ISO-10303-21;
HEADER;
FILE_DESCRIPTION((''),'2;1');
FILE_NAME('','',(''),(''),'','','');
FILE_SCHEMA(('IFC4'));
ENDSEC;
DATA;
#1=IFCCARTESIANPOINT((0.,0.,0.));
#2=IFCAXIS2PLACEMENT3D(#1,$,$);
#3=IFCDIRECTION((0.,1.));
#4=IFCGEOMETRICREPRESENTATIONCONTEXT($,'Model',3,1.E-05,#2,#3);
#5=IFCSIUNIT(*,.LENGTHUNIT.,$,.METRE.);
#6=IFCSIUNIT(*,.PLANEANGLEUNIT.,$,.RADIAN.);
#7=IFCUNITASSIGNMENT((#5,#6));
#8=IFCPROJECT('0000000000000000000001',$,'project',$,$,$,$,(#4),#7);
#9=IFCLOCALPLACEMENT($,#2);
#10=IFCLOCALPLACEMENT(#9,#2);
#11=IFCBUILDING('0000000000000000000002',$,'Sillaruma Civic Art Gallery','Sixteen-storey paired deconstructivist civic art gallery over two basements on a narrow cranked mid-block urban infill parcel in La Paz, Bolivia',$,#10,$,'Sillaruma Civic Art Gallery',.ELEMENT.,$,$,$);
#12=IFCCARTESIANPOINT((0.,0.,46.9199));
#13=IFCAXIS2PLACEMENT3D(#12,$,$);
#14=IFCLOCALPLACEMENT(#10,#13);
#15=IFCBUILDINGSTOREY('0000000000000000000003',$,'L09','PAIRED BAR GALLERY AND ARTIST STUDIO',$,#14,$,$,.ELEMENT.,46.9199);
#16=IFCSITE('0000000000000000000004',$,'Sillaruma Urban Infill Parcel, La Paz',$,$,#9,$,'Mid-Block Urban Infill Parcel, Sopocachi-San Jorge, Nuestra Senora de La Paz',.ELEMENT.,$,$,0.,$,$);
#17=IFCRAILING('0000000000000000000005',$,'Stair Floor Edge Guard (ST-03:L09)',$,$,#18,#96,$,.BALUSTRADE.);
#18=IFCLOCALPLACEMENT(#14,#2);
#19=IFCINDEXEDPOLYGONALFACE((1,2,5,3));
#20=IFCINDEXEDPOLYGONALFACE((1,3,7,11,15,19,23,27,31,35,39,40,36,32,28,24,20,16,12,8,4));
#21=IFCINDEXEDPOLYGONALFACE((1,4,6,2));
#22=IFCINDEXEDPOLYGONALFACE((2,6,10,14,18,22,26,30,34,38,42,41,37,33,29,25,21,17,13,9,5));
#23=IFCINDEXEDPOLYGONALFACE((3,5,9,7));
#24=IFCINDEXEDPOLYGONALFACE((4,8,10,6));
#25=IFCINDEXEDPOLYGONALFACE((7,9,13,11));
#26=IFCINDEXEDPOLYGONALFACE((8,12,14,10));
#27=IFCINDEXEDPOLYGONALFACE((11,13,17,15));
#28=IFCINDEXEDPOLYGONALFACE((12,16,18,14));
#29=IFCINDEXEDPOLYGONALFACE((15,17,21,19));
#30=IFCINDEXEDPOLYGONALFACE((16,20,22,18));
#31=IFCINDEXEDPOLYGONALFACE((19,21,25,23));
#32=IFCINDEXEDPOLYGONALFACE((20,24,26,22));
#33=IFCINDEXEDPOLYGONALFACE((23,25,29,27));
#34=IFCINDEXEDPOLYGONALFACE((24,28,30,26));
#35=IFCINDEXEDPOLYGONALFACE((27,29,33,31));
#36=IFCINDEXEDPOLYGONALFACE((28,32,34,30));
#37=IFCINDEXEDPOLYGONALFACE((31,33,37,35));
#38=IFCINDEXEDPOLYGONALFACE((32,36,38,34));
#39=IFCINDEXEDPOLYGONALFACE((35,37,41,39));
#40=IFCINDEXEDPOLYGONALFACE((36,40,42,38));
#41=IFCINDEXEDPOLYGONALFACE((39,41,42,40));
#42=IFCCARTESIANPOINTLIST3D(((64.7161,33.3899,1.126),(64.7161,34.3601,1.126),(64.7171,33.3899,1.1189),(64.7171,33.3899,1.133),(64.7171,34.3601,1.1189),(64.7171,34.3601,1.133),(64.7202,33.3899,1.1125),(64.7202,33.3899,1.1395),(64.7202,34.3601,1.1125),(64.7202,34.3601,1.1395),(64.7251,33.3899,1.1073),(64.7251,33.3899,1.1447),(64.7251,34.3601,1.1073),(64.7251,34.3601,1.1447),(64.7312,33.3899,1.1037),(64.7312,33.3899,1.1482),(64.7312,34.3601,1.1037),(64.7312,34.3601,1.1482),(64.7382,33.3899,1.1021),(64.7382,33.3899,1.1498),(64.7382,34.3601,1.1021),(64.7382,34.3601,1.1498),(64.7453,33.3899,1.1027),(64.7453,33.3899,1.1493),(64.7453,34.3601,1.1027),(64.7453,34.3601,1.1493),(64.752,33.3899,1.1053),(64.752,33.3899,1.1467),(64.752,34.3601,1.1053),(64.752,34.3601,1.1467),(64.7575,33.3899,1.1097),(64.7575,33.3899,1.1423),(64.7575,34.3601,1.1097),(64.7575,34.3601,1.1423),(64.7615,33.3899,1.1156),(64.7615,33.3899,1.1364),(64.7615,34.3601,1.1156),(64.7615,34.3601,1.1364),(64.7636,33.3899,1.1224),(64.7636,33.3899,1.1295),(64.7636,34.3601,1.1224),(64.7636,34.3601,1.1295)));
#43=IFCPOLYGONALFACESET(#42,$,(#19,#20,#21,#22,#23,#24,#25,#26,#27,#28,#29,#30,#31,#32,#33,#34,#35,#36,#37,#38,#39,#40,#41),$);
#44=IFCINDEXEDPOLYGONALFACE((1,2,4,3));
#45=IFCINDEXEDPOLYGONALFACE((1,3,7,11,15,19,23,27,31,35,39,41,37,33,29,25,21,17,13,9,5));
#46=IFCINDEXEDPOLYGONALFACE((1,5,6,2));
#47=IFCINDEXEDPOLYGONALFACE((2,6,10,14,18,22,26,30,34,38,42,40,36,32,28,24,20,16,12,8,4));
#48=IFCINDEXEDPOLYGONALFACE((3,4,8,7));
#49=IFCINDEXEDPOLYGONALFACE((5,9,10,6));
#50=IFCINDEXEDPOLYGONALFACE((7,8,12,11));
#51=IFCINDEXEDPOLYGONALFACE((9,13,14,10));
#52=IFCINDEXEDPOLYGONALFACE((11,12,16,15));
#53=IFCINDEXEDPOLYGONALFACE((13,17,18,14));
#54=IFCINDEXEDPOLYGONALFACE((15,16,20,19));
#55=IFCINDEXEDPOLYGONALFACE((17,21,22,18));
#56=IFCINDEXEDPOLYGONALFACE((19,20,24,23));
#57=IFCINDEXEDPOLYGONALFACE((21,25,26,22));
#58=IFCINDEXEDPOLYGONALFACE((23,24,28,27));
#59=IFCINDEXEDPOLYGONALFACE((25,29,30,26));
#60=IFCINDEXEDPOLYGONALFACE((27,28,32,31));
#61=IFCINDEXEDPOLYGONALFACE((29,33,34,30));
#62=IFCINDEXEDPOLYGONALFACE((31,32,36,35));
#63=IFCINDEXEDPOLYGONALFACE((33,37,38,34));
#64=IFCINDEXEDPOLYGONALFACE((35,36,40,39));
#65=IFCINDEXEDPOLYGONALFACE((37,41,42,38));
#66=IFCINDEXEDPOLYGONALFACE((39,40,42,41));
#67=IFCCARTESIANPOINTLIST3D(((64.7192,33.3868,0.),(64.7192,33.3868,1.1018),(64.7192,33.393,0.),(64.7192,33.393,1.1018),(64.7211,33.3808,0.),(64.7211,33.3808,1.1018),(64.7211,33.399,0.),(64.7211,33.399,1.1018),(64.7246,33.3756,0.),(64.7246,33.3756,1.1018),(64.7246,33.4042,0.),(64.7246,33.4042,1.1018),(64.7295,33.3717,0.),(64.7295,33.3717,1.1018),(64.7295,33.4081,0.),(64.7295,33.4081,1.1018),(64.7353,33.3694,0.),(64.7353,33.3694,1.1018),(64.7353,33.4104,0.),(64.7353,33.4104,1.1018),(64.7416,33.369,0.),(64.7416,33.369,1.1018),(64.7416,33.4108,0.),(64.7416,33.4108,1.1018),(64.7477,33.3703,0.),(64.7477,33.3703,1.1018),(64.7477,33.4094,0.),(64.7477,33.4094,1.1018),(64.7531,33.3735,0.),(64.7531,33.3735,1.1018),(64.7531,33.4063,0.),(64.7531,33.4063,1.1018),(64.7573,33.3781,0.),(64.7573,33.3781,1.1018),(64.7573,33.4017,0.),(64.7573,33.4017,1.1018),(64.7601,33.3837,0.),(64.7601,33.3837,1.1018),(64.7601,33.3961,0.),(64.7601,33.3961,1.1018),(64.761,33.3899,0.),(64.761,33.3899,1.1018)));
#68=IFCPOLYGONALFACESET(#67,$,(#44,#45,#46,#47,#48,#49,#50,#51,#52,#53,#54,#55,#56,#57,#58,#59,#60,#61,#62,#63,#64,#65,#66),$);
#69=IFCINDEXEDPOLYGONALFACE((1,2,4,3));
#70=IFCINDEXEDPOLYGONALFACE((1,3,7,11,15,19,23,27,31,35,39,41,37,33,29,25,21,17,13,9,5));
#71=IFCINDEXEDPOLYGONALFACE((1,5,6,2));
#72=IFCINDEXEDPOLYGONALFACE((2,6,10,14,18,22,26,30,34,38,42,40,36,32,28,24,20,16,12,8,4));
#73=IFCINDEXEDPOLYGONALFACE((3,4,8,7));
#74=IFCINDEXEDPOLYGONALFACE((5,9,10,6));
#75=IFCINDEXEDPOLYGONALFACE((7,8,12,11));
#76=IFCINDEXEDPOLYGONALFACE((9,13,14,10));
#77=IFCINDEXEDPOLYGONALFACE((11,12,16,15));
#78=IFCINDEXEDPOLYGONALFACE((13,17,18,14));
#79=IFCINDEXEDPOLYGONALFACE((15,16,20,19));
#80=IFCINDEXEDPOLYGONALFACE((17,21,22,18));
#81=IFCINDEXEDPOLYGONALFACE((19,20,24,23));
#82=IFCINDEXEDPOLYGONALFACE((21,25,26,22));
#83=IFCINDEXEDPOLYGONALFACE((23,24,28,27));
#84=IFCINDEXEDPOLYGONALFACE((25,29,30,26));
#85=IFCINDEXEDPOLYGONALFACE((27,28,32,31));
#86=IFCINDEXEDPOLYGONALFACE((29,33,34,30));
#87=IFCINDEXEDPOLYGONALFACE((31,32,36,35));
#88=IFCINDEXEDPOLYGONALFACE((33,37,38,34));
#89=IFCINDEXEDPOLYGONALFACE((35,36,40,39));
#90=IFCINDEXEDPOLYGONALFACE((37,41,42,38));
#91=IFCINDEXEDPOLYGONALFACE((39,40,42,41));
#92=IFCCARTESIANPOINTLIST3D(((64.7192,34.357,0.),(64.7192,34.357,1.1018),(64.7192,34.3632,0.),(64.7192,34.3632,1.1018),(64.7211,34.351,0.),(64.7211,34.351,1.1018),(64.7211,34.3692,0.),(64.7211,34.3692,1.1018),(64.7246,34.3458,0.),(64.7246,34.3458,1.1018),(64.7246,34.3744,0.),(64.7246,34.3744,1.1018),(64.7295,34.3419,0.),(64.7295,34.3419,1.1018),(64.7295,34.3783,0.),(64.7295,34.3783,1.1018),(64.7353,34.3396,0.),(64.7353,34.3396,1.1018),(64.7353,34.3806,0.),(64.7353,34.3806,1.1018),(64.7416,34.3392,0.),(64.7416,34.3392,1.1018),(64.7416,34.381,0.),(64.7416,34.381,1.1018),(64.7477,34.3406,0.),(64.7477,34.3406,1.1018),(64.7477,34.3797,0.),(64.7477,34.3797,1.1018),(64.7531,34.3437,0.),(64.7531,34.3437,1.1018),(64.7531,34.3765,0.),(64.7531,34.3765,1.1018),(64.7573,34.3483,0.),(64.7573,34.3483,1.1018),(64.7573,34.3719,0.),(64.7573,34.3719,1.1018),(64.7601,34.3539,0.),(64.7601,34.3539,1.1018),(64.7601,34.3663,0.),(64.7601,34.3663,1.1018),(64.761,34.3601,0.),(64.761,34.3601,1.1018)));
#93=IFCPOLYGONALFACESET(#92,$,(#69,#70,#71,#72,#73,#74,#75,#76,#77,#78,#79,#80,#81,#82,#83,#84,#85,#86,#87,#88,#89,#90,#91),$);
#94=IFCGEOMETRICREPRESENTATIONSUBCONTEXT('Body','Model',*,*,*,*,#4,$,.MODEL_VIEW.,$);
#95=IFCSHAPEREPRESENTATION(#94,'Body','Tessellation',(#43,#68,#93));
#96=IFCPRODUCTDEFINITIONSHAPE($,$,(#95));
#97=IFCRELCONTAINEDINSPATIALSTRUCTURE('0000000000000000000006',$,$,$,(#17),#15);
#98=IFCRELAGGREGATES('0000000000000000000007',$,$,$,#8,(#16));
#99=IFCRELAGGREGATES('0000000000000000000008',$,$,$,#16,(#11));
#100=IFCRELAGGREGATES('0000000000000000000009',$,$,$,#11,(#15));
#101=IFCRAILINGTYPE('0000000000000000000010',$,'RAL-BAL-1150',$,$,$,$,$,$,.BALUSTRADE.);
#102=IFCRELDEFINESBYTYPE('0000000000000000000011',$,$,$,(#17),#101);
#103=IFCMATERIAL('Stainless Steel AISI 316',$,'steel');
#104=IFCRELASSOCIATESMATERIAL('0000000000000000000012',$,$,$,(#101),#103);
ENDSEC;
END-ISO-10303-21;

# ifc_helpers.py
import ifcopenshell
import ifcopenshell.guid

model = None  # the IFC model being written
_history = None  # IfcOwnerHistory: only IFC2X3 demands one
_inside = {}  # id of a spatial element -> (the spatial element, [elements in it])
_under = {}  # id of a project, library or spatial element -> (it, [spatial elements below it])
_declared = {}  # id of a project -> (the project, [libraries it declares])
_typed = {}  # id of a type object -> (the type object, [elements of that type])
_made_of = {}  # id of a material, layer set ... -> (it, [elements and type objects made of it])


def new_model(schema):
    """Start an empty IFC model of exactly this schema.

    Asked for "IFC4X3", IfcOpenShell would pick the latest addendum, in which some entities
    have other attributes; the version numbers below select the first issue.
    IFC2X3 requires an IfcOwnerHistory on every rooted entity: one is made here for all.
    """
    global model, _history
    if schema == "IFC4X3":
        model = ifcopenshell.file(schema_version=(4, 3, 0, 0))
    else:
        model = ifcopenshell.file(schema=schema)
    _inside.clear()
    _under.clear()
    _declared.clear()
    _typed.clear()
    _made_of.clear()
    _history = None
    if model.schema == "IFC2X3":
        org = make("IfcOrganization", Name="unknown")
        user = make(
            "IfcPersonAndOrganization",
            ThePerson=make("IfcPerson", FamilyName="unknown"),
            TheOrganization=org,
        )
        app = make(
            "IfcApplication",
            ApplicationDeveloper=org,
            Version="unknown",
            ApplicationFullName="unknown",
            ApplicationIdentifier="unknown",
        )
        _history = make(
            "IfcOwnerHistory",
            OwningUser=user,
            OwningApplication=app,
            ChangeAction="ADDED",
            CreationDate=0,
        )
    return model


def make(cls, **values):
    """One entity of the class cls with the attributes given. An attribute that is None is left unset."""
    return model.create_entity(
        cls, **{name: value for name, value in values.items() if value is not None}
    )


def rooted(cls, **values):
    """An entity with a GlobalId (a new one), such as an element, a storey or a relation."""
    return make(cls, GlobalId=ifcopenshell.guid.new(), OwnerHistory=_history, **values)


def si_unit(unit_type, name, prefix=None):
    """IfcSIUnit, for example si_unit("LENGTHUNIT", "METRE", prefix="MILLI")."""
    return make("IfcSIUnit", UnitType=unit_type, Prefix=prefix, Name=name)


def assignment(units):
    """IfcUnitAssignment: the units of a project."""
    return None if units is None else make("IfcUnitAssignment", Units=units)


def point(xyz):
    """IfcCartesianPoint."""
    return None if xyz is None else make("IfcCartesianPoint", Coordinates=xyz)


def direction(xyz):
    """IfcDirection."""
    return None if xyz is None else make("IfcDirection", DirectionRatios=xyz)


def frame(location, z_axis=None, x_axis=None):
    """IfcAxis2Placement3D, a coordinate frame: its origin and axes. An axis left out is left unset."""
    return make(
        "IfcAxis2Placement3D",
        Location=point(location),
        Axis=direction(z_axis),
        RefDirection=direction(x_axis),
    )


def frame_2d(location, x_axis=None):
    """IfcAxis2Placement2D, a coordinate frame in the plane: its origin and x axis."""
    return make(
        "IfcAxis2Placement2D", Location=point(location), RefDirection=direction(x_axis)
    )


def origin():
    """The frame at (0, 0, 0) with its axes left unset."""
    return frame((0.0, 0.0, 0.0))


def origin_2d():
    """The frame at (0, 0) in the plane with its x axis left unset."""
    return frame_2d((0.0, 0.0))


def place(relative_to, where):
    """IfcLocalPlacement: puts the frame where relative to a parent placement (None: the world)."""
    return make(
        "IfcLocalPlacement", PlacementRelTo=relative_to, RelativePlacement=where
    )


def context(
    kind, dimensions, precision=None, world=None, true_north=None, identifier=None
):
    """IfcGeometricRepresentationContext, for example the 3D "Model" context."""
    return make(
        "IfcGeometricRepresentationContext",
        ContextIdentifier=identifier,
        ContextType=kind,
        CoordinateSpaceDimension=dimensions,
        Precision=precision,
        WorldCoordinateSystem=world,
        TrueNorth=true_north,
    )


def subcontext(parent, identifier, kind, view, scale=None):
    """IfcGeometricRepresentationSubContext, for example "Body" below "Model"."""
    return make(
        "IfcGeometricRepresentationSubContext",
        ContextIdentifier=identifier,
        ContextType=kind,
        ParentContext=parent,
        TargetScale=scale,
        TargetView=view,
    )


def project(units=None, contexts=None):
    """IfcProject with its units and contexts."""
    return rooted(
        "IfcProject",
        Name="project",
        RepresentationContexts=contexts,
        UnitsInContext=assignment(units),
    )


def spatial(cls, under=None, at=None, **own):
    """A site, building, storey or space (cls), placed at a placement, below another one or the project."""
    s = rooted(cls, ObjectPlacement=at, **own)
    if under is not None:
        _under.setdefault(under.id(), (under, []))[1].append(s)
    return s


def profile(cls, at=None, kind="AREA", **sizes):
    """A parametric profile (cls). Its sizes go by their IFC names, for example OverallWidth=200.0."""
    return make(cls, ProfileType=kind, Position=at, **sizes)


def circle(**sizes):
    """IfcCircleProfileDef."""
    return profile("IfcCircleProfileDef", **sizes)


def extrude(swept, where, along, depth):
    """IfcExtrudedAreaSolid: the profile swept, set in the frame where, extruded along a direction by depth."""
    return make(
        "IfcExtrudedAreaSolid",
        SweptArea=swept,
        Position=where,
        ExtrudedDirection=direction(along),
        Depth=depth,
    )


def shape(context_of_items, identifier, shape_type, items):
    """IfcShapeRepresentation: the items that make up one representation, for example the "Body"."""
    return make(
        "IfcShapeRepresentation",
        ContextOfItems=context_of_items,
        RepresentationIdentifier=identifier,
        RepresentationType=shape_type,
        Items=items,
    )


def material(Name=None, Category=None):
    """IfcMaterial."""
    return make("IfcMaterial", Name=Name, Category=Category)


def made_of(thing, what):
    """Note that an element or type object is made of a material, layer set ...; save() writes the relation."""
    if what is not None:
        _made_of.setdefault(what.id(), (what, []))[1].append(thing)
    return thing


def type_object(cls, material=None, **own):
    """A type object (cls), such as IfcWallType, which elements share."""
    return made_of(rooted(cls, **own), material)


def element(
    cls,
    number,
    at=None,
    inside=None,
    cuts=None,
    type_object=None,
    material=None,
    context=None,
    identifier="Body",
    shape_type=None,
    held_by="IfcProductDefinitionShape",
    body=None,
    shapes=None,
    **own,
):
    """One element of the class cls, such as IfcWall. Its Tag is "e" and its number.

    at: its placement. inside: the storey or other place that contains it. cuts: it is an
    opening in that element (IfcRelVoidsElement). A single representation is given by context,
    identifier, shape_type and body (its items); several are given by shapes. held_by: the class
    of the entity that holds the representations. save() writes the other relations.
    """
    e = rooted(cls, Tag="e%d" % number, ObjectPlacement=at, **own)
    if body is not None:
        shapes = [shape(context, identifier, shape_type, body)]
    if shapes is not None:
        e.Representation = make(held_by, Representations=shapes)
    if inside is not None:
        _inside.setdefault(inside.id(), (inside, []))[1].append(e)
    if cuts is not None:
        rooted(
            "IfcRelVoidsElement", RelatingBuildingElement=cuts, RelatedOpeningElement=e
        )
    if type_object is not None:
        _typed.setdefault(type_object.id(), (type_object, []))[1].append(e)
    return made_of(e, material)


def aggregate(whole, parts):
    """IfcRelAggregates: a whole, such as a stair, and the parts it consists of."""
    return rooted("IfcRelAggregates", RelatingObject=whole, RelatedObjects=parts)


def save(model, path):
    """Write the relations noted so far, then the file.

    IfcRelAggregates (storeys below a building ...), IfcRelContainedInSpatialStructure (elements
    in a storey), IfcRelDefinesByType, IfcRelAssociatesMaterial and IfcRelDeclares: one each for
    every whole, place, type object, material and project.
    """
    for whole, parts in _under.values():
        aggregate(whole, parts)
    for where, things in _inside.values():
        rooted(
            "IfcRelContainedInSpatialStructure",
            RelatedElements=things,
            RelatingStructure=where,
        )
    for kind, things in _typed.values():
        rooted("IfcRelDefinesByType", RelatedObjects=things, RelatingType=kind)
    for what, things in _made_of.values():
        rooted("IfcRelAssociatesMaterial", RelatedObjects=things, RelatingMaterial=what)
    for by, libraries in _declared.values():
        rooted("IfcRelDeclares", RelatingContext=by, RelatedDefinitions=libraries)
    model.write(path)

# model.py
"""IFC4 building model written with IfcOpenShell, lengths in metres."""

from ifc_helpers import new_model, si_unit, direction, frame, origin, origin_2d, place, context, subcontext, project, spatial, circle, extrude, material, type_object, element, save


model = new_model("IFC4")

# Units and contexts
model_context = context("Model", 3, precision=1e-05, world=origin(), true_north=direction((0.0, 1.0)))
body_context = subcontext(model_context, "Body", "Model", "MODEL_VIEW")
ifc_project = project(units=[si_unit("LENGTHUNIT", "METRE"), si_unit("PLANEANGLEUNIT", "RADIAN")], contexts=[model_context])

# Site, building, storey
site_placement = place(None, origin())
site = spatial("IfcSite", under=ifc_project, at=site_placement, Name="Sillaruma Urban Infill Parcel, La Paz", LongName="Mid-Block Urban Infill Parcel, Sopocachi-San Jorge, Nuestra Senora de La Paz", CompositionType="ELEMENT", RefElevation=0.0)
building_placement = place(site_placement, origin())
building = spatial("IfcBuilding", under=site, at=building_placement, Name="Sillaruma Civic Art Gallery", Description="Sixteen-storey paired deconstructivist civic art gallery over two basements on a narrow cranked mid-block urban infill parcel in La Paz, Bolivia", LongName="Sillaruma Civic Art Gallery", CompositionType="ELEMENT")
storey_placement = place(building_placement, frame((0.0, 0.0, 46.9199)))
storey = spatial("IfcBuildingStorey", under=building, at=storey_placement, Name="L09", Description="PAIRED BAR GALLERY AND ARTIST STUDIO", CompositionType="ELEMENT", Elevation=46.9199)

# Railing
ifc_material_1 = material(Name="Stainless Steel AISI 316", Category="steel")
railing_type_1 = type_object("IfcRailingType", Name="RAL-BAL-1150", PredefinedType="BALUSTRADE", material=ifc_material_1)
railing_1_placement = place(storey_placement, frame((64.74, 33.3899, 0.0)))
element("IfcRailing", 1, at=railing_1_placement, inside=storey, type_object=railing_type_1, Name="Stair Floor Edge Guard (ST-03:L09)", PredefinedType="BALUSTRADE", context=body_context, shape_type="SweptSolid", body=[
    extrude(circle(Radius=0.0239, at=origin_2d()), frame((0.0, 0.0, 1.126), z_axis=(0.0, 1.0, 0.0), x_axis=(-1.0, 0.0, 0.0)), (0.0, 0.0, 1.0), 0.9702),
    extrude(circle(Radius=0.021, at=origin_2d()), origin(), (0.0, 0.0, 1.0), 1.1018),
    extrude(circle(Radius=0.021, at=origin_2d()), frame((0.0, 0.9702, 0.0)), (0.0, 0.0, 1.0), 1.1018),
])

save(model, "model.ifc")
